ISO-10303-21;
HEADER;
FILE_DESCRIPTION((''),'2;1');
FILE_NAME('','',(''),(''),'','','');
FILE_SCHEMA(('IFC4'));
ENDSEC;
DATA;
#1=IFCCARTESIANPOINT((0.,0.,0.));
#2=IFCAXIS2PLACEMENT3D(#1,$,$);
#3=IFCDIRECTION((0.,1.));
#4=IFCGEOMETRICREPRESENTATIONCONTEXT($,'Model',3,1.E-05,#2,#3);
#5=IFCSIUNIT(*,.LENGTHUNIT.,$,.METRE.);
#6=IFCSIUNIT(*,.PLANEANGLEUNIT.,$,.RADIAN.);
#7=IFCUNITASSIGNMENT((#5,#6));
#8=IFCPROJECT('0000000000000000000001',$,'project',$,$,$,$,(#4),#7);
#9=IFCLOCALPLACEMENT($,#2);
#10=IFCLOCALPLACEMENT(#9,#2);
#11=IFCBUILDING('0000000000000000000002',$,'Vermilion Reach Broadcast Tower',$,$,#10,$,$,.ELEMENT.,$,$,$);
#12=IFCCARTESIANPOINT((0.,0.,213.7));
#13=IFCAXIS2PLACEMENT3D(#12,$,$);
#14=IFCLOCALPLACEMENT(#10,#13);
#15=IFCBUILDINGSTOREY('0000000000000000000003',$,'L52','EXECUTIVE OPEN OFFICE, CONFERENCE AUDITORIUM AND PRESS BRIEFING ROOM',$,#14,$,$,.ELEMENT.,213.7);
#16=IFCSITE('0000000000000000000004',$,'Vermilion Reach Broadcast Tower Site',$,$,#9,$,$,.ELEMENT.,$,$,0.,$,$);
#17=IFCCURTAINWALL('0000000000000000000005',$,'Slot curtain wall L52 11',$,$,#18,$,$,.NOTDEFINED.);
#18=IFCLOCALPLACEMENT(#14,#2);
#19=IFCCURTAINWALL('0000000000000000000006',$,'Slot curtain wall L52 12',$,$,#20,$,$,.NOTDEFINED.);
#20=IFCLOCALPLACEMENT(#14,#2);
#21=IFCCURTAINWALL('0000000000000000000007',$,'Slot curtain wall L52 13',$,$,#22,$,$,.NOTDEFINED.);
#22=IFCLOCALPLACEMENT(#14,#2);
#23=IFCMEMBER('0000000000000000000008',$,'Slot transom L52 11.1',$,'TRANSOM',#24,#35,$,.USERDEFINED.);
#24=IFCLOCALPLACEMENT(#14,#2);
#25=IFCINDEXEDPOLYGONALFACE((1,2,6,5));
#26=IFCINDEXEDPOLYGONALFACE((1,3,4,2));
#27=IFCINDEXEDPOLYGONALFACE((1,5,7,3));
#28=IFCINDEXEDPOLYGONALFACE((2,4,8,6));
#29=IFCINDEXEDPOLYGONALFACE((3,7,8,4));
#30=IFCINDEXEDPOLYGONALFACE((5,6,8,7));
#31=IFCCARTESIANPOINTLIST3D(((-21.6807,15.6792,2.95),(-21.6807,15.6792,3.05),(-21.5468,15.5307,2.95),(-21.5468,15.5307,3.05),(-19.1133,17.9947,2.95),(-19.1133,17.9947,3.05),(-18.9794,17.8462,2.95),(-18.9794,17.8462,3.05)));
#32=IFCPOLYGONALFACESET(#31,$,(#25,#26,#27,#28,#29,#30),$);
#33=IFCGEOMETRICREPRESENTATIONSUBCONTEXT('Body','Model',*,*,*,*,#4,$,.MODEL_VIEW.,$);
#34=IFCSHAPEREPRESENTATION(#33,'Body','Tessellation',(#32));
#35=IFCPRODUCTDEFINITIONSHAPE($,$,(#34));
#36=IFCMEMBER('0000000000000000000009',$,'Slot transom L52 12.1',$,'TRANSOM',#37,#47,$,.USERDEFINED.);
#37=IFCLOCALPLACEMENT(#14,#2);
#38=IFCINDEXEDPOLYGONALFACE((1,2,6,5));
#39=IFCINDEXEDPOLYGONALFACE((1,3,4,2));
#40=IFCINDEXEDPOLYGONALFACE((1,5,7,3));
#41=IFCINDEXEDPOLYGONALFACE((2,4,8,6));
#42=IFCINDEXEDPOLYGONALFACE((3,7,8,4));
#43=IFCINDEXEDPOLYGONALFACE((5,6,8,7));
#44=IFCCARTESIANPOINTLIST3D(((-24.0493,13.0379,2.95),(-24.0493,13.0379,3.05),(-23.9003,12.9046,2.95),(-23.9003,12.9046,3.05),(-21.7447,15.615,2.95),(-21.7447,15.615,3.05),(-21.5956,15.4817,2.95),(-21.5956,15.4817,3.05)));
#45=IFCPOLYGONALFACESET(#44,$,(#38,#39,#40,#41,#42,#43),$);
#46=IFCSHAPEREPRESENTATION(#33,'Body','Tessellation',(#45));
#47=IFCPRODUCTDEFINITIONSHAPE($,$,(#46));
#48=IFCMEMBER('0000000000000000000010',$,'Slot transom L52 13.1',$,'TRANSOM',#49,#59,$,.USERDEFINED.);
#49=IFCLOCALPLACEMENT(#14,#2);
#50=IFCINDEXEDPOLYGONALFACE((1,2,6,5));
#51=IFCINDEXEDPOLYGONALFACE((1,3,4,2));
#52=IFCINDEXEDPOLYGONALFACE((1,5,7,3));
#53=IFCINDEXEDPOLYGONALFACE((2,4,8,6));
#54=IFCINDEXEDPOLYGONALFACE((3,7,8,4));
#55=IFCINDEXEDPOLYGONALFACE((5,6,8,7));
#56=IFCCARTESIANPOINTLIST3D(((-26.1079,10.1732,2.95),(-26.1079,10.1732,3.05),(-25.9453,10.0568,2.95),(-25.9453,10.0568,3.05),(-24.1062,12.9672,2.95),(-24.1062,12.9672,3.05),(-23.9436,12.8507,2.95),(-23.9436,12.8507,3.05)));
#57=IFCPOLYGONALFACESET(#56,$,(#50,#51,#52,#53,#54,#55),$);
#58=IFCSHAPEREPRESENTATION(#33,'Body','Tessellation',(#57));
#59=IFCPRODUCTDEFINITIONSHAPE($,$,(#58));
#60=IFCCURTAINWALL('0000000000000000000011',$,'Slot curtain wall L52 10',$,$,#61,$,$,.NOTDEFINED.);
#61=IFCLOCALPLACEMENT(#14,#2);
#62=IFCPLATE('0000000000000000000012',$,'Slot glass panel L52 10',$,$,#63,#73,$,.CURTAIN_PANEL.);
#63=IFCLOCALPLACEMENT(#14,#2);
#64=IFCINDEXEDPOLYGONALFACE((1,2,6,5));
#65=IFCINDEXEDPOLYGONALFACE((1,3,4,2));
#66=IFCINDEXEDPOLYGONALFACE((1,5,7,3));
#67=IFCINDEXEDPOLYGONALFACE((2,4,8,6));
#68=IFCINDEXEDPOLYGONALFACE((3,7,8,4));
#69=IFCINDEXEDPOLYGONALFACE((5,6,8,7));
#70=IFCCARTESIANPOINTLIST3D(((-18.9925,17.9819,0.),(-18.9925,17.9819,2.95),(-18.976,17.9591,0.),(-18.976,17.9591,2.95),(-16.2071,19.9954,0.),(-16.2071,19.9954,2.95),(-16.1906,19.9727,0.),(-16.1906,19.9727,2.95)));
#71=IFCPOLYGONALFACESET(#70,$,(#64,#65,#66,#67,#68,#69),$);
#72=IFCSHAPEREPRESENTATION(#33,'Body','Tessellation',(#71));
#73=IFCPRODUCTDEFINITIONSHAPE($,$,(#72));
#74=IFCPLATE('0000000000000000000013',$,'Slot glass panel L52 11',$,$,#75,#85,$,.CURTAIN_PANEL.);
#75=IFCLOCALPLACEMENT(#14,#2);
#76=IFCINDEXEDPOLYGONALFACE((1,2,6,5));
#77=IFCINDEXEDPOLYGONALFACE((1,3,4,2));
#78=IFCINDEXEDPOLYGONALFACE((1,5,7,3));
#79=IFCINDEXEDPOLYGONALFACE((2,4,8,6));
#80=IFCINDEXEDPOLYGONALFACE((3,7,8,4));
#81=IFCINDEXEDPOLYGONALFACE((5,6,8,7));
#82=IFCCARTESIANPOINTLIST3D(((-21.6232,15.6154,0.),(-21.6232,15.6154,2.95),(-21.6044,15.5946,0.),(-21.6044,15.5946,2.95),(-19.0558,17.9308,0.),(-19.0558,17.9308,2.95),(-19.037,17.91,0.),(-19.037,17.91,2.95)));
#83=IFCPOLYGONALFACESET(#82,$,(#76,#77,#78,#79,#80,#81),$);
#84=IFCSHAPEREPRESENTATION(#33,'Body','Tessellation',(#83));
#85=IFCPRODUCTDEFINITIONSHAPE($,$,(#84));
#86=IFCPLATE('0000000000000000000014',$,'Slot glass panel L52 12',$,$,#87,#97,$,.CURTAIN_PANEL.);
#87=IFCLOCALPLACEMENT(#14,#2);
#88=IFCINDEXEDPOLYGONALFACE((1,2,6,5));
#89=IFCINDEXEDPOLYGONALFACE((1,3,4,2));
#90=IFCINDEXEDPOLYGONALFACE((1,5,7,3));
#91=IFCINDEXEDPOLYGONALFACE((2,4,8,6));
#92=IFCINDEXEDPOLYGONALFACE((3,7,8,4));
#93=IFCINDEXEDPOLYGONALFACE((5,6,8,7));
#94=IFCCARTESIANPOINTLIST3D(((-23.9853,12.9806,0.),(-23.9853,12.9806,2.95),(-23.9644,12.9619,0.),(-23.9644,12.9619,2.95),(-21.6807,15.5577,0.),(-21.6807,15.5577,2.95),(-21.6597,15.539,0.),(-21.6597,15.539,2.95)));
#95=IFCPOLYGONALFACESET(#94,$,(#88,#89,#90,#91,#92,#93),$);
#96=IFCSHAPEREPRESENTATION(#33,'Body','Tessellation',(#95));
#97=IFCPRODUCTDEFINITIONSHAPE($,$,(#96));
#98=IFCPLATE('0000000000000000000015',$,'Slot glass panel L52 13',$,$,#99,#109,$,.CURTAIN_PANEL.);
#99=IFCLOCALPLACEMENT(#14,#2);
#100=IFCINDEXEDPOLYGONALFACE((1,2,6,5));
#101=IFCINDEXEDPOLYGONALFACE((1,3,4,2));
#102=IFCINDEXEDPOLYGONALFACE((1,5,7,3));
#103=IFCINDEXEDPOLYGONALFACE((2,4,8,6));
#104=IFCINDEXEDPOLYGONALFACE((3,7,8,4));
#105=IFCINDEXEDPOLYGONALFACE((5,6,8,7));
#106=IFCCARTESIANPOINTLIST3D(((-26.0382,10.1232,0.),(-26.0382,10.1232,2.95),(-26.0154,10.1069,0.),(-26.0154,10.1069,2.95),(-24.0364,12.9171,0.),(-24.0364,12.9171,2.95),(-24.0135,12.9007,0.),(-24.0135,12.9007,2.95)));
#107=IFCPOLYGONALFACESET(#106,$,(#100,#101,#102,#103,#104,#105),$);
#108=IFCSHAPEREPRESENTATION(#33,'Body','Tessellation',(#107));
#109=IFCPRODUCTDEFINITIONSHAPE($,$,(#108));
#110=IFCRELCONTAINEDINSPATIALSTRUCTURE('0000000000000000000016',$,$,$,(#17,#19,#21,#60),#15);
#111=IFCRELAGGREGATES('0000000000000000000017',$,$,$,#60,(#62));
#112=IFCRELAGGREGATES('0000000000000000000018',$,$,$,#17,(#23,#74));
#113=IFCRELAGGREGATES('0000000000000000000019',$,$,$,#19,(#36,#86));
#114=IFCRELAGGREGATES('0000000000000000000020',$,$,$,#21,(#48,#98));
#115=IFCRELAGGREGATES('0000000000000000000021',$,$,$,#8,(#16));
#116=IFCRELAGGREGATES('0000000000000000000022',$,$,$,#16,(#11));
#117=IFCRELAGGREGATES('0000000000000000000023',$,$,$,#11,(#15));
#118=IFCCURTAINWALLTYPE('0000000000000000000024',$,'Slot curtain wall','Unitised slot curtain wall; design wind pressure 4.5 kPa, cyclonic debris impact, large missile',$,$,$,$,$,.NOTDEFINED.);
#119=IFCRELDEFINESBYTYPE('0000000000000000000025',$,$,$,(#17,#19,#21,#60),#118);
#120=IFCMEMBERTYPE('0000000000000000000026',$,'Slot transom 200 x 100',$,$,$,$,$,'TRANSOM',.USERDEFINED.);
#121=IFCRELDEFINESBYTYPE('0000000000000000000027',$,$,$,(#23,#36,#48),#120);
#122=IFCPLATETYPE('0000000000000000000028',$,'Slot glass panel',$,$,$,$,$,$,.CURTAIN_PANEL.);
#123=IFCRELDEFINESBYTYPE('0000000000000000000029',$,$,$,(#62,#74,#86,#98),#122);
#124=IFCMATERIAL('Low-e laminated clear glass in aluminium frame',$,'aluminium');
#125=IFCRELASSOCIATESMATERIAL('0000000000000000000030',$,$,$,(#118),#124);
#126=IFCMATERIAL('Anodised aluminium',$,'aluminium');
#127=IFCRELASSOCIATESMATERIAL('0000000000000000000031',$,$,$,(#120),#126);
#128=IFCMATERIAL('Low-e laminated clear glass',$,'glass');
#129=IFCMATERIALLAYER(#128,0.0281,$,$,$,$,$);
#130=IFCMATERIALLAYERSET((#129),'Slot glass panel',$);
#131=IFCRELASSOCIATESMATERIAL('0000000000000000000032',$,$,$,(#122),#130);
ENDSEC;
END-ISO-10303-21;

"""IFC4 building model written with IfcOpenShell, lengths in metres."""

from ifc_helpers import new_model, si_unit, direction, frame, origin, origin_2d, place, context, subcontext, project, spatial, rectangle, extrude, material, layer, layer_set, material_profile, profile_set, type_object, element, aggregate, save


model = new_model("IFC4")

# Units and contexts
model_context = context("Model", 3, precision=1e-05, world=origin(), true_north=direction((0.0, 1.0)))
body_context = subcontext(model_context, "Body", "Model", "MODEL_VIEW")
ifc_project = project(units=[si_unit("LENGTHUNIT", "METRE"), si_unit("PLANEANGLEUNIT", "RADIAN")], contexts=[model_context])

# Site, building, storey
site_placement = place(None, origin())
site = spatial("IfcSite", under=ifc_project, at=site_placement, Name="Vermilion Reach Broadcast Tower Site", CompositionType="ELEMENT", RefElevation=0.0)
building_placement = place(site_placement, origin())
building = spatial("IfcBuilding", under=site, at=building_placement, Name="Vermilion Reach Broadcast Tower", CompositionType="ELEMENT")
storey_placement = place(building_placement, frame((0.0, 0.0, 213.7)))
storey = spatial("IfcBuildingStorey", under=building, at=storey_placement, Name="L52", Description="EXECUTIVE OPEN OFFICE, CONFERENCE AUDITORIUM AND PRESS BRIEFING ROOM", CompositionType="ELEMENT", Elevation=213.7)

# Curtain walls
ifc_material_1 = material(Name="Low-e laminated clear glass in aluminium frame", Category="aluminium")
curtain_wall_type = type_object("IfcCurtainWallType", Name="Slot curtain wall", Description="Unitised slot curtain wall; design wind pressure 4.5 kPa, cyclonic debris impact, large missile", PredefinedType="NOTDEFINED", material=ifc_material_1)
placement = place(storey_placement, origin())
curtain_wall_1 = element("IfcCurtainWall", 1, at=placement, inside=storey, type_object=curtain_wall_type, Name="Slot curtain wall L52 11", PredefinedType="NOTDEFINED")
curtain_wall_2 = element("IfcCurtainWall", 2, at=placement, inside=storey, type_object=curtain_wall_type, Name="Slot curtain wall L52 12", PredefinedType="NOTDEFINED")
curtain_wall_3 = element("IfcCurtainWall", 3, at=placement, inside=storey, type_object=curtain_wall_type, Name="Slot curtain wall L52 13", PredefinedType="NOTDEFINED")

# Members
ifc_material_2 = material(Name="Anodised aluminium", Category="aluminium")
ifc_material_profile_1 = material_profile(ifc_material_2, rectangle(XDim=0.2, YDim=0.1001, at=origin_2d()), Name="Slot transom 200 x 100")
ifc_profile_set_1 = profile_set([ifc_material_profile_1], Name="Anodised aluminium")
member_type_1 = type_object("IfcMemberType", Name="Slot transom 200 x 100", ElementType="TRANSOM", PredefinedType="USERDEFINED", material=ifc_profile_set_1)
member_1_placement = place(storey_placement, frame((-19.0464, 17.9204, 3.0), z_axis=(-0.742606, -0.669729, 0.0), x_axis=(0.669729, -0.742606, 0.0)))
member_1 = element("IfcMember", 4, at=member_1_placement, type_object=member_type_1, Name="Slot transom L52 11.1", ObjectType="TRANSOM", PredefinedType="USERDEFINED", context=body_context, shape_type="SweptSolid", body=[
    extrude(rectangle(XDim=0.2, YDim=0.1001, at=origin_2d()), origin(), (0.0, 0.0, 1.0), 3.4573),
])
member_2_placement = place(storey_placement, frame((-21.6702, 15.5483, 3.0), z_axis=(-0.666605, -0.745411, 0.0), x_axis=(0.745411, -0.666605, 0.0)))
member_2 = element("IfcMember", 5, at=member_2_placement, type_object=member_type_1, Name="Slot transom L52 12.1", ObjectType="TRANSOM", PredefinedType="USERDEFINED", context=body_context, shape_type="SweptSolid", body=[
    extrude(rectangle(XDim=0.2, YDim=0.1001, at=origin_2d()), origin(), (0.0, 0.0, 1.0), 3.4573),
])
member_3_placement = place(storey_placement, frame((-24.0249, 12.9089, 3.0), z_axis=(-0.5824, -0.812902, 0.0), x_axis=(0.812902, -0.5824, 0.0)))
member_3 = element("IfcMember", 6, at=member_3_placement, type_object=member_type_1, Name="Slot transom L52 13.1", ObjectType="TRANSOM", PredefinedType="USERDEFINED", context=body_context, shape_type="SweptSolid", body=[
    extrude(rectangle(XDim=0.2, YDim=0.1001, at=origin_2d()), origin(), (0.0, 0.0, 1.0), 3.437),
])

# Curtain wall, plate
curtain_wall_4 = element("IfcCurtainWall", 7, at=placement, inside=storey, type_object=curtain_wall_type, Name="Slot curtain wall L52 10", PredefinedType="NOTDEFINED")
ifc_material_3 = material(Name="Low-e laminated clear glass", Category="glass")
ifc_layer = layer(ifc_material_3, 0.0281)
ifc_layer_set = layer_set([ifc_layer], Name="Slot glass panel")
plate_type = type_object("IfcPlateType", Name="Slot glass panel", PredefinedType="CURTAIN_PANEL", material=ifc_layer_set)
plate_1_placement = place(storey_placement, frame((-17.5916, 18.9773, 0.0), z_axis=(0.0, 0.0, 1.0), x_axis=(-0.810426, -0.585841, 0.0)))
plate_1 = element("IfcPlate", 8, at=plate_1_placement, type_object=plate_type, Name="Slot glass panel L52 10", PredefinedType="CURTAIN_PANEL", context=body_context, shape_type="SweptSolid", body=[
    extrude(rectangle(XDim=3.437, YDim=0.0281, at=origin_2d()), origin(), (0.0, 0.0, 1.0), 2.95),
])
aggregate(curtain_wall_4, [plate_1])

# Plates
plate_2_placement = place(storey_placement, frame((-20.3301, 16.7627, 0.0), z_axis=(0.0, 0.0, 1.0), x_axis=(-0.742611, -0.669723, 0.0)))
plate_2 = element("IfcPlate", 9, at=plate_2_placement, type_object=plate_type, Name="Slot glass panel L52 11", PredefinedType="CURTAIN_PANEL", context=body_context, shape_type="SweptSolid", body=[
    extrude(rectangle(XDim=3.4573, YDim=0.0281, at=origin_2d()), origin(), (0.0, 0.0, 1.0), 2.95),
])
aggregate(curtain_wall_1, [member_1, plate_2])
plate_3_placement = place(storey_placement, frame((-22.8225, 14.2598, 0.0), z_axis=(0.0, 0.0, 1.0), x_axis=(-0.666606, -0.74541, 0.0)))
plate_3 = element("IfcPlate", 10, at=plate_3_placement, type_object=plate_type, Name="Slot glass panel L52 12", PredefinedType="CURTAIN_PANEL", context=body_context, shape_type="SweptSolid", body=[
    extrude(rectangle(XDim=3.4573, YDim=0.0281, at=origin_2d()), origin(), (0.0, 0.0, 1.0), 2.95),
])
aggregate(curtain_wall_2, [member_2, plate_3])
plate_4_placement = place(storey_placement, frame((-25.0259, 11.512, 0.0), z_axis=(0.0, 0.0, 1.0), x_axis=(-0.582442, -0.812873, 0.0)))
plate_4 = element("IfcPlate", 11, at=plate_4_placement, type_object=plate_type, Name="Slot glass panel L52 13", PredefinedType="CURTAIN_PANEL", context=body_context, shape_type="SweptSolid", body=[
    extrude(rectangle(XDim=3.437, YDim=0.0281, at=origin_2d()), origin(), (0.0, 0.0, 1.0), 2.95),
])
aggregate(curtain_wall_3, [member_3, plate_4])

save(model, "model.ifc")
